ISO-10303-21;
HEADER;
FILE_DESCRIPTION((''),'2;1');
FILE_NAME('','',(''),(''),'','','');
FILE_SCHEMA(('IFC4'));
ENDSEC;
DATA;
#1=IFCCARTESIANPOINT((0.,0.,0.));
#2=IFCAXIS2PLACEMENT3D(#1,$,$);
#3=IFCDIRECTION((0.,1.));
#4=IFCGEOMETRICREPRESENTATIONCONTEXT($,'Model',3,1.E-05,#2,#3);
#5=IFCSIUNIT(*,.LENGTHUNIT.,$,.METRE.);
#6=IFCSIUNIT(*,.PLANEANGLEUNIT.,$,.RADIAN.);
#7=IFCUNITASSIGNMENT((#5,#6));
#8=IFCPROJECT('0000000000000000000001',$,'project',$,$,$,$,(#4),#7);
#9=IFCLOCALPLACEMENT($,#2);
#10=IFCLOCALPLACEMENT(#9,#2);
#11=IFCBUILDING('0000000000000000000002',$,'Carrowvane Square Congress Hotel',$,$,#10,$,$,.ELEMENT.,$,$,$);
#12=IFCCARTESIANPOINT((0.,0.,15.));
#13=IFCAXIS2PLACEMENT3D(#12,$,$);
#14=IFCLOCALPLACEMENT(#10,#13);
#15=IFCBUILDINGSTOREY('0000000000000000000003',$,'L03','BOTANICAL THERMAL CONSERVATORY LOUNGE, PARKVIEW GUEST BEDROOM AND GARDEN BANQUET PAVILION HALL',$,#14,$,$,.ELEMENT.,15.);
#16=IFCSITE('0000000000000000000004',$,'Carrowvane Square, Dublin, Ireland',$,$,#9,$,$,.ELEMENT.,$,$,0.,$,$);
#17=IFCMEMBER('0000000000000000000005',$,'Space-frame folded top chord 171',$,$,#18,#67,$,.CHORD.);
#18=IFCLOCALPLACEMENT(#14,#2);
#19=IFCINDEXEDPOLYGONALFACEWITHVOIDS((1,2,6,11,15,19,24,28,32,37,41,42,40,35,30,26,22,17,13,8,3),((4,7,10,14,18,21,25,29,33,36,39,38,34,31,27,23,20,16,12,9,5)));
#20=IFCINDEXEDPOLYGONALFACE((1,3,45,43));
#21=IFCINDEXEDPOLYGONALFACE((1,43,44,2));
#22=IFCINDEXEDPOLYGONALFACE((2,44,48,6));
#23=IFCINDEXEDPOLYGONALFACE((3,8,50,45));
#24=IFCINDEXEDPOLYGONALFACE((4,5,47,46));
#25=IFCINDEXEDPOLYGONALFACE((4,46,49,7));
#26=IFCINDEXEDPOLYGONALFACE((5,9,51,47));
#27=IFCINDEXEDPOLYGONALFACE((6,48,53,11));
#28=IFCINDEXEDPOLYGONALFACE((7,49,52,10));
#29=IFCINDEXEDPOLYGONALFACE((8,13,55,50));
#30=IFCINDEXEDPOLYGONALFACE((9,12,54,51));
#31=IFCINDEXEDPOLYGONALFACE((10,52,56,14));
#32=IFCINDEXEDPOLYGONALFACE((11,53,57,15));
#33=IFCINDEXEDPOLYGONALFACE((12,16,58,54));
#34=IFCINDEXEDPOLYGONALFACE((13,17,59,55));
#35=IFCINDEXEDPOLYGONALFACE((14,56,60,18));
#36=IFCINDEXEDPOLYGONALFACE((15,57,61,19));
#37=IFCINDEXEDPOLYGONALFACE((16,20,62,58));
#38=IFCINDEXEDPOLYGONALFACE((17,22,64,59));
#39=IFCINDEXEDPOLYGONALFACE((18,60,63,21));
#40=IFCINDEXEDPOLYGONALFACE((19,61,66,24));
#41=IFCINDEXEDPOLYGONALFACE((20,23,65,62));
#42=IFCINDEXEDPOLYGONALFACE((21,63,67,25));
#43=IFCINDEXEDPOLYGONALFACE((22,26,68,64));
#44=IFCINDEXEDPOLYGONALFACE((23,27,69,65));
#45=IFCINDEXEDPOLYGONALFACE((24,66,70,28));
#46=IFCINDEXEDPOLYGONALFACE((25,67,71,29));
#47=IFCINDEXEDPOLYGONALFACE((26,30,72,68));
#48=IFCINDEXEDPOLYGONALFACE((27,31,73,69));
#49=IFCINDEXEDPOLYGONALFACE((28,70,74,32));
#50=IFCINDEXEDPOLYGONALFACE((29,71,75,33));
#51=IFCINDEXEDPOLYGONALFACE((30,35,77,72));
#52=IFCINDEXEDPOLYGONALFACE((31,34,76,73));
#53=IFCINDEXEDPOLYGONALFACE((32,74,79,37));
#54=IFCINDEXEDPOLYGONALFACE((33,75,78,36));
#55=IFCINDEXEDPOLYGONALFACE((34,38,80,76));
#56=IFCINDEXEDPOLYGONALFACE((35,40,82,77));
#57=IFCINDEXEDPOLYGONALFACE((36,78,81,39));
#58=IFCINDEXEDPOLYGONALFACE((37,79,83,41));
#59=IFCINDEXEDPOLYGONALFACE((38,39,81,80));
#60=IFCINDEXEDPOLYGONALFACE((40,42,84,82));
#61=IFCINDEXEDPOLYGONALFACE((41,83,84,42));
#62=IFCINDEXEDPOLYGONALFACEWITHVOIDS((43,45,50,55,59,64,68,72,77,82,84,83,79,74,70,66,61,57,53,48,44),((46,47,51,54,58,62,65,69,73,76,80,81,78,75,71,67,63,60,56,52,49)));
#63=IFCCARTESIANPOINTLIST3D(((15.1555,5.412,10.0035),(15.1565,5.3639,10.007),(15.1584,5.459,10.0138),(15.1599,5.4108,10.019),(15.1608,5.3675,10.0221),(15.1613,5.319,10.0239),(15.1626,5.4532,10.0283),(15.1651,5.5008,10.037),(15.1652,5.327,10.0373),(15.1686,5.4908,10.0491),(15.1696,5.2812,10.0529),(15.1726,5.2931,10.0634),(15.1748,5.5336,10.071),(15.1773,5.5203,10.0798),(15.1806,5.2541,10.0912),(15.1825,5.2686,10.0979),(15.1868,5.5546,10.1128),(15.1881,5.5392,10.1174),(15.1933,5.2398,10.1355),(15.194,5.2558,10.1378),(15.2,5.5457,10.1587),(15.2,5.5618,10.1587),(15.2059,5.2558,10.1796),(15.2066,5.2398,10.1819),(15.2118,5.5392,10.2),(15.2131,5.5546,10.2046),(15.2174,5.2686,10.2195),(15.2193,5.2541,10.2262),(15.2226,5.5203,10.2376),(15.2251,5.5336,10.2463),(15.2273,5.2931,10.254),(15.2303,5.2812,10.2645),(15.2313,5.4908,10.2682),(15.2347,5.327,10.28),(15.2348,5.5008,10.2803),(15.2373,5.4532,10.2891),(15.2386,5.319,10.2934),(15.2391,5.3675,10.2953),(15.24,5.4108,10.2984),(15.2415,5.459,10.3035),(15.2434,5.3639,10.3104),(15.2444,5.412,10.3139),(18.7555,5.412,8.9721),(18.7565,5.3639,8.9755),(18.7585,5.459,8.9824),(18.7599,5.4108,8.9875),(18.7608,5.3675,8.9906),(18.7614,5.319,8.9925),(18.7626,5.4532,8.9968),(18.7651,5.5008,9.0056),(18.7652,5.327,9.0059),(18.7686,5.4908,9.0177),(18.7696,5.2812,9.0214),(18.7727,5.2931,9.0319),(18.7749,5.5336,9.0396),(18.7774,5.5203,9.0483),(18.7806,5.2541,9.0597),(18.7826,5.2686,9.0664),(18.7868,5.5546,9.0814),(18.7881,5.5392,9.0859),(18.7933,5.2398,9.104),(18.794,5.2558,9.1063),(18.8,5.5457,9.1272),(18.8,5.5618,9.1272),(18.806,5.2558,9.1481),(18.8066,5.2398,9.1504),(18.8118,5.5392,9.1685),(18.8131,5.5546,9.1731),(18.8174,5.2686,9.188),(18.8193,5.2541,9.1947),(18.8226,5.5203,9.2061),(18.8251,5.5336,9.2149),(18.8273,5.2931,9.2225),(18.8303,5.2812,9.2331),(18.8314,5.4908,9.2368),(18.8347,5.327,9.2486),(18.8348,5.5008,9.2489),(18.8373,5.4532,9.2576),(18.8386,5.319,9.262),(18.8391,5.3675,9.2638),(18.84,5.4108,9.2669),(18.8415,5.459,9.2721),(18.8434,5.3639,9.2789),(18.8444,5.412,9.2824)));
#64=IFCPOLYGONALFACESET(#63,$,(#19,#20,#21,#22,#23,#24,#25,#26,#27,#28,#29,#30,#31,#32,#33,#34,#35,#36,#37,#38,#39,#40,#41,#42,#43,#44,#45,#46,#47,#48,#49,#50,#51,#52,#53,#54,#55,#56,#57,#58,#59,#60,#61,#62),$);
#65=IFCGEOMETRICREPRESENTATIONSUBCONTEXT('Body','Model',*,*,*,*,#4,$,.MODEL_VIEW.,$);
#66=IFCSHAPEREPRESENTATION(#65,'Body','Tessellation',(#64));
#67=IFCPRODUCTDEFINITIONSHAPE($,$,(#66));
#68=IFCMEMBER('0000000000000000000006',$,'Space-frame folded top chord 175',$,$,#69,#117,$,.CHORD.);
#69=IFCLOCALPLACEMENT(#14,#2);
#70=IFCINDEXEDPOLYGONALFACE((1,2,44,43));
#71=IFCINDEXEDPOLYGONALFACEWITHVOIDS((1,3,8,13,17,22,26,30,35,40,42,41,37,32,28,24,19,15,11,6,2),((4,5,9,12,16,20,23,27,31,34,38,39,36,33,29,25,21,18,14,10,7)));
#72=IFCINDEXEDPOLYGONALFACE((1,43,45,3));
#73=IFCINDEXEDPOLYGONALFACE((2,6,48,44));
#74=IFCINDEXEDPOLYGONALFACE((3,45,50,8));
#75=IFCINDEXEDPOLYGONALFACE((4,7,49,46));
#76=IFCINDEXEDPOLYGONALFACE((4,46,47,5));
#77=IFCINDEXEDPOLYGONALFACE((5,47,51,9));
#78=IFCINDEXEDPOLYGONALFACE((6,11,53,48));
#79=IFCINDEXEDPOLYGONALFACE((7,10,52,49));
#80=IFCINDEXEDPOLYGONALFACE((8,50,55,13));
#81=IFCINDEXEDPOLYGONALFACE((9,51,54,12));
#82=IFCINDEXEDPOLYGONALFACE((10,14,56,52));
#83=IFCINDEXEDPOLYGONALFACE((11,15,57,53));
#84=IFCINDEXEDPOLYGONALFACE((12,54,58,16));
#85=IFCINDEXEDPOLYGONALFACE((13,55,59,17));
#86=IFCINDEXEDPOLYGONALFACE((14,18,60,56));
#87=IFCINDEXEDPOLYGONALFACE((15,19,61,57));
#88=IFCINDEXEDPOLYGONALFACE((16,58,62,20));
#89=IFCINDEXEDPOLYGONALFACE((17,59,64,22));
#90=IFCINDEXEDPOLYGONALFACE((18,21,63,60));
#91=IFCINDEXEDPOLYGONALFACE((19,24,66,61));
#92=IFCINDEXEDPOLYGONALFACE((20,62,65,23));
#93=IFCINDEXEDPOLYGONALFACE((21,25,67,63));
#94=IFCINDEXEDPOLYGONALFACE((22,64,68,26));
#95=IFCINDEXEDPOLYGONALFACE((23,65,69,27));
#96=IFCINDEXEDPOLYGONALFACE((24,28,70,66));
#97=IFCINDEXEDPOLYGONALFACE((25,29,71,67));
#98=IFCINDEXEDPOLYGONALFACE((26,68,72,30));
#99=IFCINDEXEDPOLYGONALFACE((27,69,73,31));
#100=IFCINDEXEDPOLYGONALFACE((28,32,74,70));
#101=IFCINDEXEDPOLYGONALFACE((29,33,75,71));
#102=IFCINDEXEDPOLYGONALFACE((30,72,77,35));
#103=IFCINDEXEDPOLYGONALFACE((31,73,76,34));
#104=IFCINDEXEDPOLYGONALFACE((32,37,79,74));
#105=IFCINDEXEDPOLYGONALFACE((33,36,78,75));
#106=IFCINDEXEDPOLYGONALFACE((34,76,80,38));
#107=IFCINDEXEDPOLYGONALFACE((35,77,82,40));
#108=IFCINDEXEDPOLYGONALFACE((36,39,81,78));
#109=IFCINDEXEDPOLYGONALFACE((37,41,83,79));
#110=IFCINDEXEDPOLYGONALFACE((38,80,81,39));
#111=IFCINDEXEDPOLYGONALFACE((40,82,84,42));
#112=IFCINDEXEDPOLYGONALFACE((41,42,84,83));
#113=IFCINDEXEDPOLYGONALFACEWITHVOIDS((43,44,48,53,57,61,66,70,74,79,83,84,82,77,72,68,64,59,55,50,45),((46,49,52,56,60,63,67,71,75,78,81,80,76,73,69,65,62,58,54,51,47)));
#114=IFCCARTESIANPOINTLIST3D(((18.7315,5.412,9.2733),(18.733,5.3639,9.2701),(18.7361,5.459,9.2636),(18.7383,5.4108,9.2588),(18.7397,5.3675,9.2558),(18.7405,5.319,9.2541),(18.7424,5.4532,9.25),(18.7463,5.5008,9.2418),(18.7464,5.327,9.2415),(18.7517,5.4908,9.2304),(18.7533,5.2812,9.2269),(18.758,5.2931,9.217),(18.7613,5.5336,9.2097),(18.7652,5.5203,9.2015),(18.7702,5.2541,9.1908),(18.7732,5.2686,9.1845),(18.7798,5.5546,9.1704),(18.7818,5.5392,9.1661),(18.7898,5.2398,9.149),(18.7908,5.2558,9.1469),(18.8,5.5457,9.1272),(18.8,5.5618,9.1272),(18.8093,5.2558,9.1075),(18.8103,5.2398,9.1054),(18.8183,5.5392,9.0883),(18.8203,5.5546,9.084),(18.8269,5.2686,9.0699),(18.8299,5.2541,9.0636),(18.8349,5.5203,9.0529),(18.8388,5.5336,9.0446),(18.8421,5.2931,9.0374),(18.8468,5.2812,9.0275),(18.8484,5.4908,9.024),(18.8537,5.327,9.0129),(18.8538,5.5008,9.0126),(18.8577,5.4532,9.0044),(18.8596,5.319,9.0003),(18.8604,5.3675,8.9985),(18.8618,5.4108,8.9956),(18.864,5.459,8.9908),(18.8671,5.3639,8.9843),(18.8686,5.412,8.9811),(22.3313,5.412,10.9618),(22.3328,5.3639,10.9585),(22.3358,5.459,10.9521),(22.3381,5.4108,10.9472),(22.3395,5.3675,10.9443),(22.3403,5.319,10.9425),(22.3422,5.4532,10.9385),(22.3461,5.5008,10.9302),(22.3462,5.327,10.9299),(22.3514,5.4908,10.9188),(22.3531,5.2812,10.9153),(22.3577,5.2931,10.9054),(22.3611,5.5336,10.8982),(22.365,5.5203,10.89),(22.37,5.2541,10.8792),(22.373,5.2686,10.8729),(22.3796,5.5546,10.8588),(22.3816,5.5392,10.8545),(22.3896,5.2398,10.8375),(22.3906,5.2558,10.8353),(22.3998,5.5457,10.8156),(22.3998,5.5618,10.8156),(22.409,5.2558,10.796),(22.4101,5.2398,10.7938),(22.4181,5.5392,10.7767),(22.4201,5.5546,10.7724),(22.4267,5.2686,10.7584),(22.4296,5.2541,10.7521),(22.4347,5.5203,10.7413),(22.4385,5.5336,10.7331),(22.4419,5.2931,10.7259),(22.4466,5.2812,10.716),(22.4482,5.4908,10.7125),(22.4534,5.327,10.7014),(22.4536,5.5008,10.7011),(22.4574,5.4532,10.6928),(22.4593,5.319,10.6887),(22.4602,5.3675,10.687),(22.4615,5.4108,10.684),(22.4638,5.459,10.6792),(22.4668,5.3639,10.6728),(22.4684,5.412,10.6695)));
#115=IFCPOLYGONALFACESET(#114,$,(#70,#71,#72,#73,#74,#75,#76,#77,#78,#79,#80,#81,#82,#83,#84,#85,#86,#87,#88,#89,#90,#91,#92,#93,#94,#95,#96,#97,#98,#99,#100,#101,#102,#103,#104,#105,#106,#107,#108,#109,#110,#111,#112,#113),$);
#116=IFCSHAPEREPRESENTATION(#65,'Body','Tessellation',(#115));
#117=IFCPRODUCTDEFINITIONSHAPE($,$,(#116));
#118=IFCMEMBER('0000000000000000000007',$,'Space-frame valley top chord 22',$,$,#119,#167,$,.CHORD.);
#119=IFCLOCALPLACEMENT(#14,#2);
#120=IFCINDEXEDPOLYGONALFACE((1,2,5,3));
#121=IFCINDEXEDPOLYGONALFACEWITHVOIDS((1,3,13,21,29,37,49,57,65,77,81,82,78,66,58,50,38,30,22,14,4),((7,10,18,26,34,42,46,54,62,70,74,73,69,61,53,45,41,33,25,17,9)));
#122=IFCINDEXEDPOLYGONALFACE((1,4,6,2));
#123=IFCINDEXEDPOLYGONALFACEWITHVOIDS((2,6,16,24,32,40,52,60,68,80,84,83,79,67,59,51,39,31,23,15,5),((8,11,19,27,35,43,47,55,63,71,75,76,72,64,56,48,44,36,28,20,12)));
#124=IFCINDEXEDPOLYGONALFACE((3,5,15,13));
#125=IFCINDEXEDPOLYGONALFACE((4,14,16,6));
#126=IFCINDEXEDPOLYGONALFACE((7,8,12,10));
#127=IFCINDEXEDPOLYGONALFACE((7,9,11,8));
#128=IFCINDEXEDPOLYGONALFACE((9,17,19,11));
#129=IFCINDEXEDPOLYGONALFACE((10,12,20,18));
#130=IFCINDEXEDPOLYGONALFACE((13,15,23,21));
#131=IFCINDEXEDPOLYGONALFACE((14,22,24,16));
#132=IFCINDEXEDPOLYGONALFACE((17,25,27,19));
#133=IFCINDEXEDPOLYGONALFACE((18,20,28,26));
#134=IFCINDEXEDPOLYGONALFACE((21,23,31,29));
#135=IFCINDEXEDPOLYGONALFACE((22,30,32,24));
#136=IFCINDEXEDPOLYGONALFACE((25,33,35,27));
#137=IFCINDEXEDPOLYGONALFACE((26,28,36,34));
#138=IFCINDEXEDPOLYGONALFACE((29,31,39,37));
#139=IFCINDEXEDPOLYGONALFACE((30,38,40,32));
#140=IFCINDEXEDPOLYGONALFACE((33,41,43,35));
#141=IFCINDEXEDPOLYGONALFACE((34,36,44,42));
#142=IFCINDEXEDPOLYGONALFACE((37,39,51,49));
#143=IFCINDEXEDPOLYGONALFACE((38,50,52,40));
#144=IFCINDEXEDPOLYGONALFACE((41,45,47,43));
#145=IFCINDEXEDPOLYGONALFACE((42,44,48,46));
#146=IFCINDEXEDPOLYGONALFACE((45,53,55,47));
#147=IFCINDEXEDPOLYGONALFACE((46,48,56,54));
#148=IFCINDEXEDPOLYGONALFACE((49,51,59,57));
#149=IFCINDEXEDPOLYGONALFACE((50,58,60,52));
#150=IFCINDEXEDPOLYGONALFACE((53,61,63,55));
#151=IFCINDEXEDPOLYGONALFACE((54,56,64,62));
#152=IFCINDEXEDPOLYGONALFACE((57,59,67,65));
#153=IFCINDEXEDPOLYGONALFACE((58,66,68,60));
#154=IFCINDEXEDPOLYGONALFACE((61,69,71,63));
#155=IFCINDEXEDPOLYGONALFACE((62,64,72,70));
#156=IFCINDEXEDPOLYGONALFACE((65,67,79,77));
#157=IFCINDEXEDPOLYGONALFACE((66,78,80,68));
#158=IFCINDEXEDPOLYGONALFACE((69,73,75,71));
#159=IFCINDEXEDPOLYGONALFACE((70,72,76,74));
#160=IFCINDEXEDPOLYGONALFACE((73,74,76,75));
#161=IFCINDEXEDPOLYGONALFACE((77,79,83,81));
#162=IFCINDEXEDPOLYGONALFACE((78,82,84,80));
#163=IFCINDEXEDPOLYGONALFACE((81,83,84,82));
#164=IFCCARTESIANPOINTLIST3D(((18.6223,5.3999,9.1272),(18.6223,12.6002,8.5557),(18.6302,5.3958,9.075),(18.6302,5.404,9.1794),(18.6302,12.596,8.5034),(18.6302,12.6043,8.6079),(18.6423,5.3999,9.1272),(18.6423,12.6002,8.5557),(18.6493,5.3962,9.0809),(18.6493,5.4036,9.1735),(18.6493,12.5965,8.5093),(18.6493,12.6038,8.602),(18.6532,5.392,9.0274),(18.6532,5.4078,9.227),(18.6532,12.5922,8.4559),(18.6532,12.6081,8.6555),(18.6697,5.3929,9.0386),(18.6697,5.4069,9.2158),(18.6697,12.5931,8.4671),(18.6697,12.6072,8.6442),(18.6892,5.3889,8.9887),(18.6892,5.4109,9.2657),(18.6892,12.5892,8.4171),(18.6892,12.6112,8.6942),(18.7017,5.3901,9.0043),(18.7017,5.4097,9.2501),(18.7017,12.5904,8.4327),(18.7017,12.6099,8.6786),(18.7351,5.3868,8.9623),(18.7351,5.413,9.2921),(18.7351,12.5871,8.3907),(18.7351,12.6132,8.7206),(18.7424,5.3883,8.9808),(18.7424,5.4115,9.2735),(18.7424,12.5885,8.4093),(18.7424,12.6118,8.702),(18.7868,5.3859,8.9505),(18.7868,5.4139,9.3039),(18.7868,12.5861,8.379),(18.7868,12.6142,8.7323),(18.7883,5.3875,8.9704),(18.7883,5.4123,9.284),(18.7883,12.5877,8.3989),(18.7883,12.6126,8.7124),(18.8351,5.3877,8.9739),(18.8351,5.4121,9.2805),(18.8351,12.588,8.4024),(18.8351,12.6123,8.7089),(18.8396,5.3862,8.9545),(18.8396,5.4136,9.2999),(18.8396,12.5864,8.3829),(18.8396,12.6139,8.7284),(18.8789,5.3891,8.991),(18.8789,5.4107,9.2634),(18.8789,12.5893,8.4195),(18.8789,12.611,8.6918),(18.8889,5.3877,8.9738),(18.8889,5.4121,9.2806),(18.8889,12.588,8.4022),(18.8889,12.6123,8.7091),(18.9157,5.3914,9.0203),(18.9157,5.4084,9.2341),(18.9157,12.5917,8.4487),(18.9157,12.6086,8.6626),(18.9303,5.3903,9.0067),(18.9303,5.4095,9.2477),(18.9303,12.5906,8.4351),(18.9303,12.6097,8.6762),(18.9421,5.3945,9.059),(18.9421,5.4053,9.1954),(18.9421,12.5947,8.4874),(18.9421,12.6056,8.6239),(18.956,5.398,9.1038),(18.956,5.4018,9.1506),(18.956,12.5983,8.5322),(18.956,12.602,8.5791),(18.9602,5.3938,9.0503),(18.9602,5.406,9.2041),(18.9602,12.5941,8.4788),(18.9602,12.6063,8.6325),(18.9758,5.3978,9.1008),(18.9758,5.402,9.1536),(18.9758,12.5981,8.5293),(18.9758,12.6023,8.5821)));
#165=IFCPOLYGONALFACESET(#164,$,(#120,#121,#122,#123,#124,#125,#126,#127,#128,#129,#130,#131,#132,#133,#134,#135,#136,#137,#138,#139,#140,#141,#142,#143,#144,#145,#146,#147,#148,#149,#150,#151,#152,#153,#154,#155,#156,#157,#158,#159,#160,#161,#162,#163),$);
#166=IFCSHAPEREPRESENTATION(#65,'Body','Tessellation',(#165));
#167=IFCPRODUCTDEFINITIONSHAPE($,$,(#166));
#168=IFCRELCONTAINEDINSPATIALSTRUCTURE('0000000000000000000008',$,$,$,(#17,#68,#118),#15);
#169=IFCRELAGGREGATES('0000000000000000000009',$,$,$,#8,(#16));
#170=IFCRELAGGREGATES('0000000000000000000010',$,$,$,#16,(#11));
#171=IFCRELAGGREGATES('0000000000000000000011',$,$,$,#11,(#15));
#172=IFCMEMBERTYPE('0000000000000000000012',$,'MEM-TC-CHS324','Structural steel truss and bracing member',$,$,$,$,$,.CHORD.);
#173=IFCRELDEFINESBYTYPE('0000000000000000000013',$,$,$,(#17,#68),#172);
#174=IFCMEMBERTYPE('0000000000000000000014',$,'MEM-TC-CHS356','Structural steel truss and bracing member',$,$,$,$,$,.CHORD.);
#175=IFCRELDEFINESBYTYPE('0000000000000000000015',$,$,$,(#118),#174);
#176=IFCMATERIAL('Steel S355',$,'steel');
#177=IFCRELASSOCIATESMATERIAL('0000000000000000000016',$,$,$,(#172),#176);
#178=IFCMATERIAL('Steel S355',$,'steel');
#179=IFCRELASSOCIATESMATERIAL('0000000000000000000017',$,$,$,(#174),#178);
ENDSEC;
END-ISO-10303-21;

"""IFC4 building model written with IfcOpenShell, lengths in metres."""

from ifc_helpers import new_model, si_unit, direction, frame, origin, origin_2d, place, context, subcontext, project, spatial, hollow_circle, extrude, material, material_profile, profile_set, type_object, element, save


model = new_model("IFC4")

# Units and contexts
model_context = context("Model", 3, precision=1e-05, world=origin(), true_north=direction((0.0, 1.0)))
body_context = subcontext(model_context, "Body", "Model", "MODEL_VIEW")
ifc_project = project(units=[si_unit("LENGTHUNIT", "METRE"), si_unit("PLANEANGLEUNIT", "RADIAN")], contexts=[model_context])

# Site, building, storey
site_placement = place(None, origin())
site = spatial("IfcSite", under=ifc_project, at=site_placement, Name="Carrowvane Square, Dublin, Ireland", CompositionType="ELEMENT", RefElevation=0.0)
building_placement = place(site_placement, origin())
building = spatial("IfcBuilding", under=site, at=building_placement, Name="Carrowvane Square Congress Hotel", CompositionType="ELEMENT")
storey_placement = place(building_placement, frame((0.0, 0.0, 15.0)))
storey = spatial("IfcBuildingStorey", under=building, at=storey_placement, Name="L03", Description="BOTANICAL THERMAL CONSERVATORY LOUNGE, PARKVIEW GUEST BEDROOM AND GARDEN BANQUET PAVILION HALL", CompositionType="ELEMENT", Elevation=15.0)

# Members
ifc_material_1 = material(Name="Steel S355", Category="steel")
ifc_material_profile_1 = material_profile(ifc_material_1, hollow_circle(Radius=0.1619, WallThickness=0.0161, at=origin_2d()), Name="CHS 323.9x16")
ifc_profile_set_1 = profile_set([ifc_material_profile_1], Name="Steel S355")
member_type_1 = type_object("IfcMemberType", Name="MEM-TC-CHS324", Description="Structural steel truss and bracing member", PredefinedType="CHORD", material=ifc_profile_set_1)
member_1_placement = place(storey_placement, frame((15.2, 5.3999, 10.1587), z_axis=(0.961319, 0.0, -0.275436), x_axis=(0.0, 1.0, 0.0)))
element("IfcMember", 1, at=member_1_placement, inside=storey, type_object=member_type_1, Name="Space-frame folded top chord 171", PredefinedType="CHORD", context=body_context, shape_type="SweptSolid", body=[
    extrude(hollow_circle(Radius=0.1619, WallThickness=0.0161, at=origin_2d()), origin(), (0.0, 0.0, 1.0), 3.7449),
])
member_2_placement = place(storey_placement, frame((18.8, 5.3999, 9.1272), z_axis=(0.905358, 0.0, 0.424649), x_axis=(0.0, 1.0, 0.0)))
element("IfcMember", 2, at=member_2_placement, inside=storey, type_object=member_type_1, Name="Space-frame folded top chord 175", PredefinedType="CHORD", context=body_context, shape_type="SweptSolid", body=[
    extrude(hollow_circle(Radius=0.1619, WallThickness=0.0161, at=origin_2d()), origin(), (0.0, 0.0, 1.0), 3.9761),
])
ifc_material_2 = material(Name="Steel S355", Category="steel")
ifc_material_profile_2 = material_profile(ifc_material_2, hollow_circle(Radius=0.1777, WallThickness=0.02, at=origin_2d()), Name="CHS 355.6x20")
ifc_profile_set_2 = profile_set([ifc_material_profile_2], Name="Steel S355")
member_type_2 = type_object("IfcMemberType", Name="MEM-TC-CHS356", Description="Structural steel truss and bracing member", PredefinedType="CHORD", material=ifc_profile_set_2)
member_3_placement = place(storey_placement, frame((18.8, 5.3999, 9.1272), z_axis=(0.0, 0.996864, -0.079129), x_axis=(-1.0, 0.0, 0.0)))
element("IfcMember", 3, at=member_3_placement, inside=storey, type_object=member_type_2, Name="Space-frame valley top chord 22", PredefinedType="CHORD", context=body_context, shape_type="SweptSolid", body=[
    extrude(hollow_circle(Radius=0.1777, WallThickness=0.02, at=origin_2d()), origin(), (0.0, 0.0, 1.0), 7.2229),
])

save(model, "model.ifc")
